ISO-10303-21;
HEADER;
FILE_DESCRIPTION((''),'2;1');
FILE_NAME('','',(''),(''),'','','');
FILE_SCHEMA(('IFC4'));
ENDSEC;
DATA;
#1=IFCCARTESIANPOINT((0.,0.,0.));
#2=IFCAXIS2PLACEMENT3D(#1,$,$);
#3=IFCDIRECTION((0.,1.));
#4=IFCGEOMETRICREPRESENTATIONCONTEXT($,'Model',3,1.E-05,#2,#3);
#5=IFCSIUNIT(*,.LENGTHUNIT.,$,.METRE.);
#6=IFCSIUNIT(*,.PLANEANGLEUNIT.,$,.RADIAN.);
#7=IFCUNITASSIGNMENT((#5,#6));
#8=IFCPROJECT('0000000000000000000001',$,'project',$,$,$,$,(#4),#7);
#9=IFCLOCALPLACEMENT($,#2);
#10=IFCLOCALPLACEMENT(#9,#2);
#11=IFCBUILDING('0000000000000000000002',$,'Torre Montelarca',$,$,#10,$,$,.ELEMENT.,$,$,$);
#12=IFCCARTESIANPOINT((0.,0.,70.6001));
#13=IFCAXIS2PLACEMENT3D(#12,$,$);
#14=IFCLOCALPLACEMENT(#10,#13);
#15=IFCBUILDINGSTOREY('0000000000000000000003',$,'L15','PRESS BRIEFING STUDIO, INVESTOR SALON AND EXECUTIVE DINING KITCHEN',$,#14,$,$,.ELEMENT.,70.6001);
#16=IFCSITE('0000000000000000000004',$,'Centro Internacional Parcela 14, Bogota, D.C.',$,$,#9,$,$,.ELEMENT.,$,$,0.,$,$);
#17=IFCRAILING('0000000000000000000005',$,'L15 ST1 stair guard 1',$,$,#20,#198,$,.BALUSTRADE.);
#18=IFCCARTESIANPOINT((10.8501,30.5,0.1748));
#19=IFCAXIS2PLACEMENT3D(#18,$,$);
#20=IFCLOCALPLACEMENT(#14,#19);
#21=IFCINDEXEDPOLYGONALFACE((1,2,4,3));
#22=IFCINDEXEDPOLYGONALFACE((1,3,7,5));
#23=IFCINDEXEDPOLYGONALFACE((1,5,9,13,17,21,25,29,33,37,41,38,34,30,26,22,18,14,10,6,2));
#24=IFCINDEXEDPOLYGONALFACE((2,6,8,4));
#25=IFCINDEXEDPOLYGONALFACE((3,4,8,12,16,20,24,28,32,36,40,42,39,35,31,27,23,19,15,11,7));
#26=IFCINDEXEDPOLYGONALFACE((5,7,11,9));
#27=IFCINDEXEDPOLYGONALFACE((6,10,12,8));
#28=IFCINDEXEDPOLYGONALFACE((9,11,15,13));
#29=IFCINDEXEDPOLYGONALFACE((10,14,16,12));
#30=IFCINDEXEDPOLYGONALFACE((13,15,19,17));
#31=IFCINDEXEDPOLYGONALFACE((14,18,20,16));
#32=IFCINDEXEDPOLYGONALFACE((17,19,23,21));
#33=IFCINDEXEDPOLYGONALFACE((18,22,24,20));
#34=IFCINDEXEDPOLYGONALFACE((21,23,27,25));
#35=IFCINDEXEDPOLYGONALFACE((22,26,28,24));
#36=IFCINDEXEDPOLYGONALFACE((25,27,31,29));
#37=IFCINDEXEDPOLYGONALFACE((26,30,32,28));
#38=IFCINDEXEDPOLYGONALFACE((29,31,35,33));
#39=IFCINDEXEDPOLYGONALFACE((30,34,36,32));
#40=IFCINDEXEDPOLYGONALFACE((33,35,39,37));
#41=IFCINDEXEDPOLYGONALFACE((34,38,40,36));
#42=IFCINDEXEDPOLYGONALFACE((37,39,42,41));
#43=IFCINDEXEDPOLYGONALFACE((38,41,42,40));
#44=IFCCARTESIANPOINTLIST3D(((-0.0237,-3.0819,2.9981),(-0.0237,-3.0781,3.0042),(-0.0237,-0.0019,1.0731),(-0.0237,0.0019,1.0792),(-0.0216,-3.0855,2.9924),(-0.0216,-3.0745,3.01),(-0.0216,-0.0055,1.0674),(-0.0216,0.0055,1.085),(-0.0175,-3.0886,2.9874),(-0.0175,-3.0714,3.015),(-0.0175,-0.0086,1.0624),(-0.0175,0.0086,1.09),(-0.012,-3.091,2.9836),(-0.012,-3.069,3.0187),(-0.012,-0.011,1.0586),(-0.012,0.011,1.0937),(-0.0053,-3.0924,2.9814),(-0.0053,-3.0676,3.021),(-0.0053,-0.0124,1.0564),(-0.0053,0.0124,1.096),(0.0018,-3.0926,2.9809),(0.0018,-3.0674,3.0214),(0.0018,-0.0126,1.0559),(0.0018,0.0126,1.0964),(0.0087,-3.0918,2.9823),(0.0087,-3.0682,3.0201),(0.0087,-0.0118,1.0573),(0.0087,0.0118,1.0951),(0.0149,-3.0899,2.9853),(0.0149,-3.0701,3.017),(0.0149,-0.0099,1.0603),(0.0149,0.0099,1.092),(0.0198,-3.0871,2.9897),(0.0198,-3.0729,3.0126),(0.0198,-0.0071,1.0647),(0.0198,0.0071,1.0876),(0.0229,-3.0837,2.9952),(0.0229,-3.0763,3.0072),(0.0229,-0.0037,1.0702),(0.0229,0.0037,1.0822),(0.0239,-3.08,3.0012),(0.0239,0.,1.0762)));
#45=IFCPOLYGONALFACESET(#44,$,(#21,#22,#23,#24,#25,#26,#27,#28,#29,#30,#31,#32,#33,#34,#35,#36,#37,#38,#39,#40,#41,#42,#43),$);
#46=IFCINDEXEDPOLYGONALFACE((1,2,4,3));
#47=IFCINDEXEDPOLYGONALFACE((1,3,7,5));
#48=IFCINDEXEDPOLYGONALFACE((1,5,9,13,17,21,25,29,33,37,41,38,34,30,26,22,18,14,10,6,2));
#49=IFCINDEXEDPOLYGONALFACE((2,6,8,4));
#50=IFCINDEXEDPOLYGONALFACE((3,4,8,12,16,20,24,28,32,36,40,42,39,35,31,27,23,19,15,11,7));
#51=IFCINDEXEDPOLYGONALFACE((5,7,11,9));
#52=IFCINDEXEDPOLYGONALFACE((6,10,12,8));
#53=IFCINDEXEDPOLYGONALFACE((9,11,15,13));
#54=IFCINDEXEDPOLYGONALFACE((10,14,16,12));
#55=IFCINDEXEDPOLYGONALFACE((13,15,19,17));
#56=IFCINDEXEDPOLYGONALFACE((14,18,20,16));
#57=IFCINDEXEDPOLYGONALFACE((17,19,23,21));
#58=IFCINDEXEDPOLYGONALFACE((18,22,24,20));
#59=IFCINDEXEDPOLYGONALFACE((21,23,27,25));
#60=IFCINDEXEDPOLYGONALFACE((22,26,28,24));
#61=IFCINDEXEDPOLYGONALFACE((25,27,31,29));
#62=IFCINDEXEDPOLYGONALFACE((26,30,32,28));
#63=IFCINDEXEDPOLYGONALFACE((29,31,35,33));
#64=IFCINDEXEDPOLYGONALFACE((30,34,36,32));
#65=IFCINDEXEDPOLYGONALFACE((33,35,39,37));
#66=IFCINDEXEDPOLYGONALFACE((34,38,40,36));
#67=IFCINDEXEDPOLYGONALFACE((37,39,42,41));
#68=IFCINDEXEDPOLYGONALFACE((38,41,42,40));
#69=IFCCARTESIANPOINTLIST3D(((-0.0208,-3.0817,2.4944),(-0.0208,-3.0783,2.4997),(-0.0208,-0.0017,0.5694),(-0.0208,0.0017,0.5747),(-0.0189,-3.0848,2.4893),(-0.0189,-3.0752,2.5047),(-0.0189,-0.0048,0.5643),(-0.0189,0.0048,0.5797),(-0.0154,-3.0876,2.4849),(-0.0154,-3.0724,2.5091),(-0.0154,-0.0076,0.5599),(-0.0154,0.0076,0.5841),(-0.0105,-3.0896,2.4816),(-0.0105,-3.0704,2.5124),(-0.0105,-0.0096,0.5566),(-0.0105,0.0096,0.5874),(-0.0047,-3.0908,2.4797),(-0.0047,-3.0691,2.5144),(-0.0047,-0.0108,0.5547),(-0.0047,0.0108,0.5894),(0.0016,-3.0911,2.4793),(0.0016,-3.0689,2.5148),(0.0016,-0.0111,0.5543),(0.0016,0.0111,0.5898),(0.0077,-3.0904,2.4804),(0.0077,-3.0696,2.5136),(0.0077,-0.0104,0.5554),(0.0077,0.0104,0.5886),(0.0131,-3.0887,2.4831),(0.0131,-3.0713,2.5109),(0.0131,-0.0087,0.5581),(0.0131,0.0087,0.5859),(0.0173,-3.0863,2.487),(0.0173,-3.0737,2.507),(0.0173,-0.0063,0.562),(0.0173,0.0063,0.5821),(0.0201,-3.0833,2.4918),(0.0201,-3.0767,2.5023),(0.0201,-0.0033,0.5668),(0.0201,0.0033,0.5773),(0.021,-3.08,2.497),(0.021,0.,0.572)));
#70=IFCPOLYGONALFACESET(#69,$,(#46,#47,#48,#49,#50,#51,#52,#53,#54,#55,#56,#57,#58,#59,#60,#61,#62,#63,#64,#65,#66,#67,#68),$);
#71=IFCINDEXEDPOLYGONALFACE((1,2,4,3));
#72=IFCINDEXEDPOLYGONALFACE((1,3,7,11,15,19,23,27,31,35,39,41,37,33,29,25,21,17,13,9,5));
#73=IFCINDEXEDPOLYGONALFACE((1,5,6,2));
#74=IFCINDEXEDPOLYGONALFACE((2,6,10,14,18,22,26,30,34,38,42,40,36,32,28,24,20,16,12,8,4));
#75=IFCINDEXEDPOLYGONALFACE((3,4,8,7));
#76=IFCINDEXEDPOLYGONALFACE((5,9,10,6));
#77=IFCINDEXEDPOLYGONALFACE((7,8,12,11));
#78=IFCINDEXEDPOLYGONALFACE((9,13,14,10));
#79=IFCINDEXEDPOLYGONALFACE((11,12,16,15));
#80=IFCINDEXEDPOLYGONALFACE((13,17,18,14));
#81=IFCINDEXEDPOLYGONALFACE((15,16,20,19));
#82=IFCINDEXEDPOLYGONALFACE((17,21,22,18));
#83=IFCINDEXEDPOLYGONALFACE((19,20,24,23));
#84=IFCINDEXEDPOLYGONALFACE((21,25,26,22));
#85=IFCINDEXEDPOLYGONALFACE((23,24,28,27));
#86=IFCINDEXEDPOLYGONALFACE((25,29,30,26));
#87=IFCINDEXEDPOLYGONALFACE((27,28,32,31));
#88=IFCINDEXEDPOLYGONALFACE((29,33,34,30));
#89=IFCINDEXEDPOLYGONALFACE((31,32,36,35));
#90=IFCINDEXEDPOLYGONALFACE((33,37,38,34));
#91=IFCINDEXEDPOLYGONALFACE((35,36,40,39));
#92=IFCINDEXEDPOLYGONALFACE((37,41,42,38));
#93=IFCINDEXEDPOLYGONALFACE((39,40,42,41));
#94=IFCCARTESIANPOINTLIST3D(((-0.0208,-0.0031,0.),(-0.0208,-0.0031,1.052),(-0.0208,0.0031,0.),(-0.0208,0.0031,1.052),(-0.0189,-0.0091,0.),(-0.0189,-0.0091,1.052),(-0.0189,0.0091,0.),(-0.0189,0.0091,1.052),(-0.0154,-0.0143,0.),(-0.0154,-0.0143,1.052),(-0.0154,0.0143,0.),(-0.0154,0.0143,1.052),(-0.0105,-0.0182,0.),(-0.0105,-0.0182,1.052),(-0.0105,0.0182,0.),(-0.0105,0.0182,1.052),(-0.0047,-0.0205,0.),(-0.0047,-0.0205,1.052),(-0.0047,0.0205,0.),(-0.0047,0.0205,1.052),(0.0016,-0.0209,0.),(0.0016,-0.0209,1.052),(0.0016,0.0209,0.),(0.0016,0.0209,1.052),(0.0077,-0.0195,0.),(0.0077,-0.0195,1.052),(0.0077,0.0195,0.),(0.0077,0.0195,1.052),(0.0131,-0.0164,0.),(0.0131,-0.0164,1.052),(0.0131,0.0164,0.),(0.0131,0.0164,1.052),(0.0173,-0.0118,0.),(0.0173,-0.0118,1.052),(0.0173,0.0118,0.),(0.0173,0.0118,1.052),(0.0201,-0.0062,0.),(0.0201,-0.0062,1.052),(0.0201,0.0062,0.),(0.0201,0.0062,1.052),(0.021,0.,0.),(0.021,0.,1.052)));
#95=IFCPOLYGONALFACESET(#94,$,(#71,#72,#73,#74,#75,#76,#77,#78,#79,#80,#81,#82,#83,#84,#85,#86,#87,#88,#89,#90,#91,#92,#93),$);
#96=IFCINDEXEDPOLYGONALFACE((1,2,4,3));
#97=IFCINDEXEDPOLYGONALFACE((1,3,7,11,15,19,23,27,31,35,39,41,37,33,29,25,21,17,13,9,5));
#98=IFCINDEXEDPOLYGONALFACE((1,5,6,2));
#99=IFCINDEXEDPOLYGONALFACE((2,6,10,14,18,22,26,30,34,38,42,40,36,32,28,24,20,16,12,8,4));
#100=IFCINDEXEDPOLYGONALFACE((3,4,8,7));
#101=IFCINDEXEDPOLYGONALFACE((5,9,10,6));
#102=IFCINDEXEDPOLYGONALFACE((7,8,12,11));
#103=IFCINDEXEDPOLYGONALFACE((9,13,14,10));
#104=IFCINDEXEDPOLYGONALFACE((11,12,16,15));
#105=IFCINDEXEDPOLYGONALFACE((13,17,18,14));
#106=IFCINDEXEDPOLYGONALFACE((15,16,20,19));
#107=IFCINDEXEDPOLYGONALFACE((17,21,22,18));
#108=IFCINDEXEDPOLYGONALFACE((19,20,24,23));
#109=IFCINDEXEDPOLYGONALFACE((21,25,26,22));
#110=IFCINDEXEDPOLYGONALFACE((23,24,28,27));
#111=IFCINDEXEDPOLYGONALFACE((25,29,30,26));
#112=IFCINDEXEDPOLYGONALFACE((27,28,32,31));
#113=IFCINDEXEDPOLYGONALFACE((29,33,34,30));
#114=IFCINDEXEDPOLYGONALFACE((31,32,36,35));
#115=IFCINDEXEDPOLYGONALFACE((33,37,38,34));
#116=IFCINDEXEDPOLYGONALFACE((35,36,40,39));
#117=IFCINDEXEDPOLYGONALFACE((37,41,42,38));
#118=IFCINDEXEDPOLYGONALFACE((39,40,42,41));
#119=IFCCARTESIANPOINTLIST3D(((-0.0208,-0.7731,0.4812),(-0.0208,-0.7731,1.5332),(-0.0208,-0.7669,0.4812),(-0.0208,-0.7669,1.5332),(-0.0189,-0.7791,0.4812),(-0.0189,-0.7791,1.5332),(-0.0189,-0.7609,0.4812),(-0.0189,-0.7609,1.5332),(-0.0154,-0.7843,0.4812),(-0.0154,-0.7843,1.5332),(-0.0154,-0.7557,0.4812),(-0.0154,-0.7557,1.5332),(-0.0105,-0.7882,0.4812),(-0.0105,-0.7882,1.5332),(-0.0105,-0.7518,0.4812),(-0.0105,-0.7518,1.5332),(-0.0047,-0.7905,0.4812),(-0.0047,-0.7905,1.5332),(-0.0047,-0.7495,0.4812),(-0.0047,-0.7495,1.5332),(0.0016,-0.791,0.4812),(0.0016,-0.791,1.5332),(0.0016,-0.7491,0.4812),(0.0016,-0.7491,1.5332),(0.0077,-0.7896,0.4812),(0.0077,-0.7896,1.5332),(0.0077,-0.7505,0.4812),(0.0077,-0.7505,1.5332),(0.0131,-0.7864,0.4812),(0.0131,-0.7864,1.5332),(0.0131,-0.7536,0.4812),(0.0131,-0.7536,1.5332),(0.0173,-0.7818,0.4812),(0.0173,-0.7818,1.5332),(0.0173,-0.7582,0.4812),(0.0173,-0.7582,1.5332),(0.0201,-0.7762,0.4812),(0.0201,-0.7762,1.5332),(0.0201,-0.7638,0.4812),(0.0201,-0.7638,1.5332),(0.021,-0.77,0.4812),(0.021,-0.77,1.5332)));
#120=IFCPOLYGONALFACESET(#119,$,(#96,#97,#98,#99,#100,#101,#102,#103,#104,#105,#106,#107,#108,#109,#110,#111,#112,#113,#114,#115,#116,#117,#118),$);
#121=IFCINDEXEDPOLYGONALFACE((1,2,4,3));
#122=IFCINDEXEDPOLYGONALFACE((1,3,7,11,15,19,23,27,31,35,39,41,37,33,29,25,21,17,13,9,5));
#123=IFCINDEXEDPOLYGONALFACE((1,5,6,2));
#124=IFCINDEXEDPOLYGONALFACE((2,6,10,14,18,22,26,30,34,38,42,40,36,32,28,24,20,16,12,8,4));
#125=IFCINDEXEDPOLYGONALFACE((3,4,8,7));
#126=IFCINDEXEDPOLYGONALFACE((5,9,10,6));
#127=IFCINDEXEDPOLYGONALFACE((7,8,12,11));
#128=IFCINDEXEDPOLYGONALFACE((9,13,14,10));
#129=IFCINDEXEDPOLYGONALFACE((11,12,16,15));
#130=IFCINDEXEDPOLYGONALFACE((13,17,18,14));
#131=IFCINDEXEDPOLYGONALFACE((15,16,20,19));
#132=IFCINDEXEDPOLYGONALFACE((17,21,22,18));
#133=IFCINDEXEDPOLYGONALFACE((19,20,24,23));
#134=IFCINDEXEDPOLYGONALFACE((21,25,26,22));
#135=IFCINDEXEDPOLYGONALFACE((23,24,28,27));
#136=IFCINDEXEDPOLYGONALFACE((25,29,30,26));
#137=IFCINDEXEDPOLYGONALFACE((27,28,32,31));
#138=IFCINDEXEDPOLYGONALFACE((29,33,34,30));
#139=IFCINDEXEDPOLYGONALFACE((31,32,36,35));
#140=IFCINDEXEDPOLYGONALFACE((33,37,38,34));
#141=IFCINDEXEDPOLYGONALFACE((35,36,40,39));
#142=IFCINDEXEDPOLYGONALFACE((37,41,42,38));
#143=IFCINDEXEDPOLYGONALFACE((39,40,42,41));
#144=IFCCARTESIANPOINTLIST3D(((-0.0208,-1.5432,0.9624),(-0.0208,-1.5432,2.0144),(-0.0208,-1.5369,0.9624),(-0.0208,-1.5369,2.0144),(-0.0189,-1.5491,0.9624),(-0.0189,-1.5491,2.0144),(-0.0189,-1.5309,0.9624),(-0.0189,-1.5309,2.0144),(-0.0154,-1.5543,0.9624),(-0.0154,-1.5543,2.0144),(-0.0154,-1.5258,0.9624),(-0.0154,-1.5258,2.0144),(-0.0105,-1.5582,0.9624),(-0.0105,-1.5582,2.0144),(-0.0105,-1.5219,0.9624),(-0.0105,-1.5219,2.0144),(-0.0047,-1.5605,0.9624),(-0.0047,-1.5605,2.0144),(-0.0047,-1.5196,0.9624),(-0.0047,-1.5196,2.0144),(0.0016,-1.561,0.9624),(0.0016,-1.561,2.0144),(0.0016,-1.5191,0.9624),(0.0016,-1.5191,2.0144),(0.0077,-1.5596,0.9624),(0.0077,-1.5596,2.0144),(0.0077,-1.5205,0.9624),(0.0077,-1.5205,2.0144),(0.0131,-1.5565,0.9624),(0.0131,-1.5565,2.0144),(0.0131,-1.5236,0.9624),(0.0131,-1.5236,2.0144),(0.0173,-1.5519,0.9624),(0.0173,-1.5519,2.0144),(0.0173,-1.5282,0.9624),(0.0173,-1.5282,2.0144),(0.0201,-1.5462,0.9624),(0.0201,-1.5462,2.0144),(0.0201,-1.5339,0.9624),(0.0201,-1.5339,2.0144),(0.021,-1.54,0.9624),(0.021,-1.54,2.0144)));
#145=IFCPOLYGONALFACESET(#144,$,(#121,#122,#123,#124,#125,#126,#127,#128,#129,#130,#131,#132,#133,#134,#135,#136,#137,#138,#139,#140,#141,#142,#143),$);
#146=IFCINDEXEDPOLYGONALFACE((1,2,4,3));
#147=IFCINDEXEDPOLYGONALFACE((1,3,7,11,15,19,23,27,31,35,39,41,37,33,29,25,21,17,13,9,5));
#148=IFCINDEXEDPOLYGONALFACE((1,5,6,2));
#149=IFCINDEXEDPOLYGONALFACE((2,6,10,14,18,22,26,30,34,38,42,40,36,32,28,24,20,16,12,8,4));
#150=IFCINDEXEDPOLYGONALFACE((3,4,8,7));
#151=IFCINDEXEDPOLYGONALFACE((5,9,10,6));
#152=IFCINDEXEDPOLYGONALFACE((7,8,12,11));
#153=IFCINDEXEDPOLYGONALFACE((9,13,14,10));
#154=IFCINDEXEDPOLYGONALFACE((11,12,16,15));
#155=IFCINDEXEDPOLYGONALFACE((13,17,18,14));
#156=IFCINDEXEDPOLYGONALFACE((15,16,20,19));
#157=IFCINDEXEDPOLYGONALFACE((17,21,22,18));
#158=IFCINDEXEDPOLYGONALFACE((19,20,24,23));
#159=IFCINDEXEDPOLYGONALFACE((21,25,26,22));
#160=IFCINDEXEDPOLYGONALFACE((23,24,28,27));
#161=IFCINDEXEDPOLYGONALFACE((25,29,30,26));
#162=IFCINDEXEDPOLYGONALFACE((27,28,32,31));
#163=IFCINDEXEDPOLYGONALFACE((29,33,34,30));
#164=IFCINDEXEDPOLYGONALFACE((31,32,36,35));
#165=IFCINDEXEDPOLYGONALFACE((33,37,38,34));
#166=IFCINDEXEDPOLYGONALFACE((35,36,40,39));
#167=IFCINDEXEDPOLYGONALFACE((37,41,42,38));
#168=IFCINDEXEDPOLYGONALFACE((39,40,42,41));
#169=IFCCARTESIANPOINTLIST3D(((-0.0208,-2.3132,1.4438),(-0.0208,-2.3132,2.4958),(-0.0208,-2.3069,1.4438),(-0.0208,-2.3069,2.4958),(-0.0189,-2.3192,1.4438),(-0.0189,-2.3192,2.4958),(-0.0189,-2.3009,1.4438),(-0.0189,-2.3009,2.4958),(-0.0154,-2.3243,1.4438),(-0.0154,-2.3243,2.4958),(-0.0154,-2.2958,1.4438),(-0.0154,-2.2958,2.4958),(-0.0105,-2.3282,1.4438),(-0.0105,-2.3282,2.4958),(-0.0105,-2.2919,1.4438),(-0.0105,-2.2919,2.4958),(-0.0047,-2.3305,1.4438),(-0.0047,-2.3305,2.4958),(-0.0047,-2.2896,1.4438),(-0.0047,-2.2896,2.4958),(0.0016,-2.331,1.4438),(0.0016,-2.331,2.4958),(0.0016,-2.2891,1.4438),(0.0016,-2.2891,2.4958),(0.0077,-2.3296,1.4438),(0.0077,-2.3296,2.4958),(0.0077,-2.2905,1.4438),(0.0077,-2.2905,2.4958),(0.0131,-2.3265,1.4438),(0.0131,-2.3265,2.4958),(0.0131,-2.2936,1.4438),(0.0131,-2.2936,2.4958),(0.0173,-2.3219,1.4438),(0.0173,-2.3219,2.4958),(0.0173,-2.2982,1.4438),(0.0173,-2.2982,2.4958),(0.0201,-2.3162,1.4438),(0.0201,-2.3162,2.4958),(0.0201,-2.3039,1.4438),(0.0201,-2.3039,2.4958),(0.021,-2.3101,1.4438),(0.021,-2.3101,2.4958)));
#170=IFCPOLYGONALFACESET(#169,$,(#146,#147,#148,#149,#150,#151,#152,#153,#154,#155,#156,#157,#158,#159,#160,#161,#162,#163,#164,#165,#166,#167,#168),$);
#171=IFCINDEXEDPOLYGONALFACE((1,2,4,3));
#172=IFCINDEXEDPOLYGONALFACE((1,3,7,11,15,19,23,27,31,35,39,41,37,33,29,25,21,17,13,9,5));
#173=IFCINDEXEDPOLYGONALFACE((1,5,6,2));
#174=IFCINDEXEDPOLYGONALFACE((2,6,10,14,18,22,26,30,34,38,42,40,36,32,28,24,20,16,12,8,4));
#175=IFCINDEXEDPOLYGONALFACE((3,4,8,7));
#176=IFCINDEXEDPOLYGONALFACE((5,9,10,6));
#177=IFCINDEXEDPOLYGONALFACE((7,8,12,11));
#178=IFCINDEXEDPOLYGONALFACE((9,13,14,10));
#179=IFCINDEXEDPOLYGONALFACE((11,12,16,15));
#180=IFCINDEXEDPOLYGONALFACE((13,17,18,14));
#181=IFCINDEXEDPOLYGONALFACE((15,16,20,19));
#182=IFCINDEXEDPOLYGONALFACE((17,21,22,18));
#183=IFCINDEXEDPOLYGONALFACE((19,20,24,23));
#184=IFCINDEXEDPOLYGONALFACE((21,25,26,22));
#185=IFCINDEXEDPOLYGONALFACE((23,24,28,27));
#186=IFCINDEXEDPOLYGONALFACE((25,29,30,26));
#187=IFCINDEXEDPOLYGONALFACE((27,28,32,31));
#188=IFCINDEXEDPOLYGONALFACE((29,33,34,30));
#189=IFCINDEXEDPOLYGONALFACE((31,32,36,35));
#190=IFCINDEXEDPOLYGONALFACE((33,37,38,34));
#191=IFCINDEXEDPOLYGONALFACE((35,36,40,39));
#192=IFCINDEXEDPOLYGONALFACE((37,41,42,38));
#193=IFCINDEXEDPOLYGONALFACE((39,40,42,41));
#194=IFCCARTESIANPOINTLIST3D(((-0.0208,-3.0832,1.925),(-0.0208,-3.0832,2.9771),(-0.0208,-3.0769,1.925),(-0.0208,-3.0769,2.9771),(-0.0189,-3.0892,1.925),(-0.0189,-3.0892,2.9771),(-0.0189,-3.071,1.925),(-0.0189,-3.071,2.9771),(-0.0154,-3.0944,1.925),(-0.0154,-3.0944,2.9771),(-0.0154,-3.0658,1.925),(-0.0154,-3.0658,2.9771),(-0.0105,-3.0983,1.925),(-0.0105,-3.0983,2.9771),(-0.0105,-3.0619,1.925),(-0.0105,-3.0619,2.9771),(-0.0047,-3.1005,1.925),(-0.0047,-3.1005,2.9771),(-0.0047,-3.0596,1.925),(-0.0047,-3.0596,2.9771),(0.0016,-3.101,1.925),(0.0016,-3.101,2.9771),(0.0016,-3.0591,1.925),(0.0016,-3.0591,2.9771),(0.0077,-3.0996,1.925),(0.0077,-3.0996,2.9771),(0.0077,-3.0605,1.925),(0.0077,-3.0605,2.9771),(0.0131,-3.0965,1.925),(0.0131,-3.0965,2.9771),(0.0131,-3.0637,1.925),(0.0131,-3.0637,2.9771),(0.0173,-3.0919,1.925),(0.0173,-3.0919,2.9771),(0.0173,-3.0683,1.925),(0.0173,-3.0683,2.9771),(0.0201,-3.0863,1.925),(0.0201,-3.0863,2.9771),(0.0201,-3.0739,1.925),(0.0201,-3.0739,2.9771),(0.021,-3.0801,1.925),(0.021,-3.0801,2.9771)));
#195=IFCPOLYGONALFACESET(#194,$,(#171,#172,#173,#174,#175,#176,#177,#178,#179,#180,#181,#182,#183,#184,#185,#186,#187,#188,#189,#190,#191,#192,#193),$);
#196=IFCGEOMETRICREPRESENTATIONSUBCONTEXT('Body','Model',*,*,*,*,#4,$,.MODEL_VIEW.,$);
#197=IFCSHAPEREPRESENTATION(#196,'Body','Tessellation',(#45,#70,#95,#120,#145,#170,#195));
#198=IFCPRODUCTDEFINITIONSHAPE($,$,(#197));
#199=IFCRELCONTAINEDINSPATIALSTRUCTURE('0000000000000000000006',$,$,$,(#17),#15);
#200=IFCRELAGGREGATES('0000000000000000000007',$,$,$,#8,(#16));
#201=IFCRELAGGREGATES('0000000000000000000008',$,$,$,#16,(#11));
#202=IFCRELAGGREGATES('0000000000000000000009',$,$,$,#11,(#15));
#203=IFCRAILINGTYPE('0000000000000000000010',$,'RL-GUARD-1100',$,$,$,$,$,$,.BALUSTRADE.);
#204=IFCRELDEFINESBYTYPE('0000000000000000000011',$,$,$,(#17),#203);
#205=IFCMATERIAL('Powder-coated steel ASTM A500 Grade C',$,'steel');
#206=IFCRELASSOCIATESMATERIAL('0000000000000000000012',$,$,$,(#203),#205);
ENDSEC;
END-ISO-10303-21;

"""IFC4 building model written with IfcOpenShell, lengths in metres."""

from ifc_helpers import new_model, si_unit, direction, frame, origin, origin_2d, place, context, subcontext, project, spatial, circle, extrude, material, type_object, element, save


model = new_model("IFC4")

# Units and contexts
model_context = context("Model", 3, precision=1e-05, world=origin(), true_north=direction((0.0, 1.0)))
body_context = subcontext(model_context, "Body", "Model", "MODEL_VIEW")
ifc_project = project(units=[si_unit("LENGTHUNIT", "METRE"), si_unit("PLANEANGLEUNIT", "RADIAN")], contexts=[model_context])

# Site, building, storey
site_placement = place(None, origin())
site = spatial("IfcSite", under=ifc_project, at=site_placement, Name="Centro Internacional Parcela 14, Bogota, D.C.", CompositionType="ELEMENT", RefElevation=0.0)
building_placement = place(site_placement, origin())
building = spatial("IfcBuilding", under=site, at=building_placement, Name="Torre Montelarca", CompositionType="ELEMENT")
storey_placement = place(building_placement, frame((0.0, 0.0, 70.6001)))
storey = spatial("IfcBuildingStorey", under=building, at=storey_placement, Name="L15", Description="PRESS BRIEFING STUDIO, INVESTOR SALON AND EXECUTIVE DINING KITCHEN", CompositionType="ELEMENT", Elevation=70.6001)

# Railing
ifc_material_1 = material(Name="Powder-coated steel ASTM A500 Grade C", Category="steel")
railing_type_1 = type_object("IfcRailingType", Name="RL-GUARD-1100", PredefinedType="BALUSTRADE", material=ifc_material_1)
railing_1_placement = place(storey_placement, frame((10.8501, 30.5, 0.1748)))
element("IfcRailing", 1, at=railing_1_placement, inside=storey, type_object=railing_type_1, Name="L15 ST1 stair guard 1", PredefinedType="BALUSTRADE", context=body_context, shape_type="SweptSolid", body=[
    extrude(circle(Radius=0.0239, at=origin_2d()), frame((0.0, 0.0, 1.0762), z_axis=(0.0, -0.847998, 0.529999), x_axis=(1.0, 0.0, 0.0)), (0.0, 0.0, 1.0), 3.6321),
    extrude(circle(Radius=0.021, at=origin_2d()), frame((0.0, 0.0, 0.572), z_axis=(0.0, -0.847998, 0.529999), x_axis=(1.0, 0.0, 0.0)), (0.0, 0.0, 1.0), 3.6321),
    extrude(circle(Radius=0.021, at=origin_2d()), origin(), (0.0, 0.0, 1.0), 1.052),
    extrude(circle(Radius=0.021, at=origin_2d()), frame((0.0, -0.77, 0.4812)), (0.0, 0.0, 1.0), 1.052),
    extrude(circle(Radius=0.021, at=origin_2d()), frame((0.0, -1.54, 0.9624)), (0.0, 0.0, 1.0), 1.052),
    extrude(circle(Radius=0.021, at=origin_2d()), frame((0.0, -2.3101, 1.4438)), (0.0, 0.0, 1.0), 1.052),
    extrude(circle(Radius=0.021, at=origin_2d()), frame((0.0, -3.0801, 1.925)), (0.0, 0.0, 1.0), 1.052),
])

save(model, "model.ifc")
